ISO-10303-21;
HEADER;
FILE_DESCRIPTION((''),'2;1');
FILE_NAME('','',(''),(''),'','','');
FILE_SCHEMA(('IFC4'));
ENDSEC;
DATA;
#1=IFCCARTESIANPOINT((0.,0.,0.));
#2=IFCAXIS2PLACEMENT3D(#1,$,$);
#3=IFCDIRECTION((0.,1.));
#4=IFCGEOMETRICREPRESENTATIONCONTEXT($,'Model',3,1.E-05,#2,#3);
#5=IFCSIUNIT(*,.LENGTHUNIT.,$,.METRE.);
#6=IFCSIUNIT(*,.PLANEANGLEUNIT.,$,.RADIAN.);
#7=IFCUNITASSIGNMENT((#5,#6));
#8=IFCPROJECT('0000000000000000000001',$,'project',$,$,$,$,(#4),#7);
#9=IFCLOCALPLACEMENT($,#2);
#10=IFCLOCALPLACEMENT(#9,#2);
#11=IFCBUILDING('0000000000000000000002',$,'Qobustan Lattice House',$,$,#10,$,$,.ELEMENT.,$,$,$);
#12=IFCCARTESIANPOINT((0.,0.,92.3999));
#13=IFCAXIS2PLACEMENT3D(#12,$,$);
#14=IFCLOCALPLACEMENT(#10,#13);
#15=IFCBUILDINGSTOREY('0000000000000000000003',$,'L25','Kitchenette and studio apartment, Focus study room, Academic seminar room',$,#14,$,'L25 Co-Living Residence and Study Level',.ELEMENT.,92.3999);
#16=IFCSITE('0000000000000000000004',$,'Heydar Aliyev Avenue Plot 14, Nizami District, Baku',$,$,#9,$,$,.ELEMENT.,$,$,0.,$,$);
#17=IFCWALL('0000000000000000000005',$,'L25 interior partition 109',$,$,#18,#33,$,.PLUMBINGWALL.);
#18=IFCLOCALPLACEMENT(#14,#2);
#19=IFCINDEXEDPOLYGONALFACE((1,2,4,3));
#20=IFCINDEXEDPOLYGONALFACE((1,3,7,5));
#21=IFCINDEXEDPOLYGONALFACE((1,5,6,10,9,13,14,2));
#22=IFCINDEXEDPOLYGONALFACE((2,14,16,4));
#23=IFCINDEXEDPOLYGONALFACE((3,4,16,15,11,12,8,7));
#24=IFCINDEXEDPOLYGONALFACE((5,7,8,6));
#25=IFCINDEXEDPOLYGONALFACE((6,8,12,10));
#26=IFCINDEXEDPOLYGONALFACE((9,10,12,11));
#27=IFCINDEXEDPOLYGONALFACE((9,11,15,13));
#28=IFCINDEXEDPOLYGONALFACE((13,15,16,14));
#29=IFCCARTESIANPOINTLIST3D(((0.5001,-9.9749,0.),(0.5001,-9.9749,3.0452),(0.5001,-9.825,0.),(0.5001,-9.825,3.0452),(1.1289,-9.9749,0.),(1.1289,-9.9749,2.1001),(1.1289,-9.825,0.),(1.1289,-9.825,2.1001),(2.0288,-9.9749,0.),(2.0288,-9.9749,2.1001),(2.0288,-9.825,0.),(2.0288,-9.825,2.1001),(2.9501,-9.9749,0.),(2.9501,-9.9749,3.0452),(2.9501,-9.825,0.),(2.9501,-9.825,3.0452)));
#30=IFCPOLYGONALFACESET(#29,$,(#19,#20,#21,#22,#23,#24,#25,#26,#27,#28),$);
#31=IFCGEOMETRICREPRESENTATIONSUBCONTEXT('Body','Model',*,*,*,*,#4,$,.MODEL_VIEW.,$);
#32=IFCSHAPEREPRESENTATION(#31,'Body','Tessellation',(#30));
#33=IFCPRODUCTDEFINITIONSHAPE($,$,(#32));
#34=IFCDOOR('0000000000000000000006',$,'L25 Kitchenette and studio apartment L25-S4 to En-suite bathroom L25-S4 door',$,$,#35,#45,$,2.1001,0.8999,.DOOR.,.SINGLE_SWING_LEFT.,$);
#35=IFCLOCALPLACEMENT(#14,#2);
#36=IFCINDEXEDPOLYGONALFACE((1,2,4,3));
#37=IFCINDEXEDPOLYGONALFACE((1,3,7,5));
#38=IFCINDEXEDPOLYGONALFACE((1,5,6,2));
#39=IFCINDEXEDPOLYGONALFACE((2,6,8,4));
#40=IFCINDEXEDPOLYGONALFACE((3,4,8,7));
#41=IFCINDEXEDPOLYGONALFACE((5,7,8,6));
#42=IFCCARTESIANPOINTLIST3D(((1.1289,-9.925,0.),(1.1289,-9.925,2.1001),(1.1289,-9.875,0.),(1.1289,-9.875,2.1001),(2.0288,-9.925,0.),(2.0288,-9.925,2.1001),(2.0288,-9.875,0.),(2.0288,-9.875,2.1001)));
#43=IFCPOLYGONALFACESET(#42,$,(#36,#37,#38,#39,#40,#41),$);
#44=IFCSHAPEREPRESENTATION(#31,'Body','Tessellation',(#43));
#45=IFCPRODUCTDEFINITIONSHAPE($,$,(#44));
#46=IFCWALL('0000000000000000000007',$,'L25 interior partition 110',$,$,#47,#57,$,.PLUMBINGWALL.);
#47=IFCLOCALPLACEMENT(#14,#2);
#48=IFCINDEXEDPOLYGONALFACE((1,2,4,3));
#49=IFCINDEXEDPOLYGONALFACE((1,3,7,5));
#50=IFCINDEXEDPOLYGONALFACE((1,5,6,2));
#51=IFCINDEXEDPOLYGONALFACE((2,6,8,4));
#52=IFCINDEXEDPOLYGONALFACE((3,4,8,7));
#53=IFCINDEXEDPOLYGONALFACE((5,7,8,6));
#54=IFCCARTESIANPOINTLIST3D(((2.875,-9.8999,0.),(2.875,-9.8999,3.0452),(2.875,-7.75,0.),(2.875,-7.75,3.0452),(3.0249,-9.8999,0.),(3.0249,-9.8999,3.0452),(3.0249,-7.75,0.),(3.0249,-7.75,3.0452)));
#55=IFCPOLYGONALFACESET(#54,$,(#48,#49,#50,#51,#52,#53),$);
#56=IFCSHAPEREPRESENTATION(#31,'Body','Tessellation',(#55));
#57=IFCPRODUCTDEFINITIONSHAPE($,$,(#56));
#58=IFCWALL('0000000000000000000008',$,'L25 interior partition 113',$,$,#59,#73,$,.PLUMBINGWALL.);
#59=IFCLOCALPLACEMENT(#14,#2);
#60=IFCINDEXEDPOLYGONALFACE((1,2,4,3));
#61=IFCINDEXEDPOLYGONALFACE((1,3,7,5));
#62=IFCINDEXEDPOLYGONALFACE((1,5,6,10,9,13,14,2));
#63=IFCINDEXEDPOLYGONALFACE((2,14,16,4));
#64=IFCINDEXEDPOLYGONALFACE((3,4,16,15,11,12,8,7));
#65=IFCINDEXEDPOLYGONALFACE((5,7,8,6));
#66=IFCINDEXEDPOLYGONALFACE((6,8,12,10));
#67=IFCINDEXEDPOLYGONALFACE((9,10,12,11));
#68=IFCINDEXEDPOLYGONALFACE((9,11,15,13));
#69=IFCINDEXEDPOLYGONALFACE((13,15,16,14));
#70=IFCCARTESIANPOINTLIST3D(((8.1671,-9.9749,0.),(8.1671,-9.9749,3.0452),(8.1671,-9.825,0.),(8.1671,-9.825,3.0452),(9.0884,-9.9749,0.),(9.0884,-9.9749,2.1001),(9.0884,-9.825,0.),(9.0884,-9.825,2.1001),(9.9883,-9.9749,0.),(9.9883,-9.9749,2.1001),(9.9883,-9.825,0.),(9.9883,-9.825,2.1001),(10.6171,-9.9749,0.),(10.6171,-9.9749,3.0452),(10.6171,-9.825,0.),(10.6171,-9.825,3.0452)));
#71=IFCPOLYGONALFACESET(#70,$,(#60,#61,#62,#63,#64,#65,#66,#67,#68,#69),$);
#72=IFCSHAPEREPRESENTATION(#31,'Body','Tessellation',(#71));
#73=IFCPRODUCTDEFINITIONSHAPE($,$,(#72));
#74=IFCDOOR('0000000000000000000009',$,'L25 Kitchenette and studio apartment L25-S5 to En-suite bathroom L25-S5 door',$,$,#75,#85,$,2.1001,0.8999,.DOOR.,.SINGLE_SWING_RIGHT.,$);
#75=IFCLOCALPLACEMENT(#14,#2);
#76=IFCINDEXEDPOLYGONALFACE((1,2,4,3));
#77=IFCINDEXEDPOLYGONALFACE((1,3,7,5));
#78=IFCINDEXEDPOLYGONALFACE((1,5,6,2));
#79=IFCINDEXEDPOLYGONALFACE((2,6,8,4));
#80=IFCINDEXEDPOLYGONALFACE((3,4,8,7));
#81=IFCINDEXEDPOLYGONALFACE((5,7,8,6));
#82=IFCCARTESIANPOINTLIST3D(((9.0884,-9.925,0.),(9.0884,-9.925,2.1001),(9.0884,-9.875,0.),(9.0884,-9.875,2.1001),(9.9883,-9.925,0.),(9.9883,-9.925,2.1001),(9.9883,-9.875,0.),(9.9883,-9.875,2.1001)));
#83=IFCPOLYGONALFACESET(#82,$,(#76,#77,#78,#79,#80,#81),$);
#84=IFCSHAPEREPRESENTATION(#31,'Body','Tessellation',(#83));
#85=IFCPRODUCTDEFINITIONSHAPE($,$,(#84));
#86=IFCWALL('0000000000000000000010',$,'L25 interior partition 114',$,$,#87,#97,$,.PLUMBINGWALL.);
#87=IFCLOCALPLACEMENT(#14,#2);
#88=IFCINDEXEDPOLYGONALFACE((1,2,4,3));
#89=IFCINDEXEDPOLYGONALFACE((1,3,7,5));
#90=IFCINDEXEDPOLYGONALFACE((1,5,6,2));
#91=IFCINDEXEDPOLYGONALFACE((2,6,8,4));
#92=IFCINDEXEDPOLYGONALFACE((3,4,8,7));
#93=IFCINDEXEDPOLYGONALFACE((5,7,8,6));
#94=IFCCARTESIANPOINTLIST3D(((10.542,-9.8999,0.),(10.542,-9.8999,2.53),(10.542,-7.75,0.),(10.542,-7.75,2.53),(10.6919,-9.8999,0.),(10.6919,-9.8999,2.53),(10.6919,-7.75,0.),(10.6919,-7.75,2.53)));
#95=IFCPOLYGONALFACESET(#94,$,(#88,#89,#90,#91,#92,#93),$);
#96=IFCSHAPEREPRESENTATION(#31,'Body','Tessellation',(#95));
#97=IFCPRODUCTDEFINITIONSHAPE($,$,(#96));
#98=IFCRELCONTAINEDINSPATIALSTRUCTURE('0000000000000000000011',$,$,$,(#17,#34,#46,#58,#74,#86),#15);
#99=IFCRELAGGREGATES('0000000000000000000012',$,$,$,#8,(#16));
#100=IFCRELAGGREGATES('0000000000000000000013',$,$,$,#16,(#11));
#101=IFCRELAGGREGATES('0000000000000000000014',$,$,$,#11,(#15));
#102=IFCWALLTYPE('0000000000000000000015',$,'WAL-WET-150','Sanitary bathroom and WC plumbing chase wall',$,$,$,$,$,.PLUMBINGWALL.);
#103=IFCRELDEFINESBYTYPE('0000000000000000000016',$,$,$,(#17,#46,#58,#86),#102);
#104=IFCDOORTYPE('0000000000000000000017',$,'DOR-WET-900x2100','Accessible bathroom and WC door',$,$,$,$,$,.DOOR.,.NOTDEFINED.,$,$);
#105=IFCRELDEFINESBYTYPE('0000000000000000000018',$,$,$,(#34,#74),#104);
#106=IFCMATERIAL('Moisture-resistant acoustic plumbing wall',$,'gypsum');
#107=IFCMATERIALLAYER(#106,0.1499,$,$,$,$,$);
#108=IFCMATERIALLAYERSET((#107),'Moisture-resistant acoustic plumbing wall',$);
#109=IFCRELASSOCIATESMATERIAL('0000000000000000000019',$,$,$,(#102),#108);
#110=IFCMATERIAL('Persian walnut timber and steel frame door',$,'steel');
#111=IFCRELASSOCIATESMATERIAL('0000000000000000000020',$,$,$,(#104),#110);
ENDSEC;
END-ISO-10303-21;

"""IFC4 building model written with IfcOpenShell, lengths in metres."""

from ifc_helpers import new_model, si_unit, direction, frame, frame_2d, origin, place, context, subcontext, project, spatial, rectangle, extrude, material, layer, layer_set, type_object, element, fill, save


model = new_model("IFC4")

# Units and contexts
model_context = context("Model", 3, precision=1e-05, world=origin(), true_north=direction((0.0, 1.0)))
body_context = subcontext(model_context, "Body", "Model", "MODEL_VIEW")
ifc_project = project(units=[si_unit("LENGTHUNIT", "METRE"), si_unit("PLANEANGLEUNIT", "RADIAN")], contexts=[model_context])

# Site, building, storey
site_placement = place(None, origin())
site = spatial("IfcSite", under=ifc_project, at=site_placement, Name="Heydar Aliyev Avenue Plot 14, Nizami District, Baku", CompositionType="ELEMENT", RefElevation=0.0)
building_placement = place(site_placement, origin())
building = spatial("IfcBuilding", under=site, at=building_placement, Name="Qobustan Lattice House", CompositionType="ELEMENT")
storey_placement = place(building_placement, frame((0.0, 0.0, 92.3999)))
storey = spatial("IfcBuildingStorey", under=building, at=storey_placement, Name="L25", Description="Kitchenette and studio apartment, Focus study room, Academic seminar room", LongName="L25 Co-Living Residence and Study Level", CompositionType="ELEMENT", Elevation=92.3999)

# Shared definitions
ifc_material_1 = material(Name="Moisture-resistant acoustic plumbing wall", Category="gypsum")
ifc_layer_1 = layer(ifc_material_1, 0.1499)
ifc_layer_set_1 = layer_set([ifc_layer_1], Name="Moisture-resistant acoustic plumbing wall")
wall_type_1 = type_object("IfcWallType", Name="WAL-WET-150", Description="Sanitary bathroom and WC plumbing chase wall", PredefinedType="PLUMBINGWALL", material=ifc_layer_set_1)

# Wall, opening, door
wall_1_placement = place(storey_placement, frame((0.5, -9.8999, 0.0), z_axis=(0.0, 0.0, 1.0), x_axis=(1.0, 0.0, 0.0)))
wall_1 = element("IfcWall", 1, at=wall_1_placement, inside=storey, type_object=wall_type_1, Name="L25 interior partition 109", PredefinedType="PLUMBINGWALL", context=body_context, shape_type="SweptSolid", body=[
    extrude(rectangle(XDim=2.45, YDim=0.1499, at=frame_2d((1.2251, 0.0))), origin(), (0.0, 0.0, 1.0), 3.0452),
])
opening_1_placement = place(wall_1_placement, frame((0.6289, 0.0, 0.0)))
opening_1 = element("IfcOpeningElement", 2, at=opening_1_placement, cuts=wall_1, PredefinedType="OPENING", context=body_context, shape_type="SweptSolid", body=[
    extrude(rectangle(XDim=0.8999, YDim=2.1001, at=frame_2d((0.45, 1.05))), frame((0.0, 0.085, 0.0), z_axis=(0.0, -1.0, 0.0), x_axis=(1.0, 0.0, 0.0)), (0.0, 0.0, 1.0), 0.1699),
])
ifc_material_2 = material(Name="Persian walnut timber and steel frame door", Category="steel")
door_type_1 = type_object("IfcDoorType", Name="DOR-WET-900x2100", Description="Accessible bathroom and WC door", OperationType="NOTDEFINED", PredefinedType="DOOR", material=ifc_material_2)
door_1_placement = place(opening_1_placement, origin())
door_1 = element("IfcDoor", 3, at=door_1_placement, inside=storey, type_object=door_type_1, Name="L25 Kitchenette and studio apartment L25-S4 to En-suite bathroom L25-S4 door", OperationType="SINGLE_SWING_LEFT", OverallHeight=2.1001, OverallWidth=0.8999, PredefinedType="DOOR", context=body_context, shape_type="SweptSolid", body=[
    extrude(rectangle(XDim=0.8999, YDim=2.1001, at=frame_2d((0.45, 1.05))), frame((0.0, 0.0249, 0.0), z_axis=(0.0, -1.0, 0.0), x_axis=(1.0, 0.0, 0.0)), (0.0, 0.0, 1.0), 0.05),
])
fill(opening_1, door_1)

# Wall
wall_2_placement = place(storey_placement, frame((2.95, -9.8999, 0.0), z_axis=(0.0, 0.0, 1.0), x_axis=(0.0, 1.0, 0.0)))
element("IfcWall", 4, at=wall_2_placement, inside=storey, type_object=wall_type_1, Name="L25 interior partition 110", PredefinedType="PLUMBINGWALL", context=body_context, shape_type="SweptSolid", body=[
    extrude(rectangle(XDim=2.1499, YDim=0.1499, at=frame_2d((1.075, 0.0))), origin(), (0.0, 0.0, 1.0), 3.0452),
])

# Wall, opening, door
wall_3_placement = place(storey_placement, frame((8.167, -9.8999, 0.0), z_axis=(0.0, 0.0, 1.0), x_axis=(1.0, 0.0, 0.0)))
wall_3 = element("IfcWall", 5, at=wall_3_placement, inside=storey, type_object=wall_type_1, Name="L25 interior partition 113", PredefinedType="PLUMBINGWALL", context=body_context, shape_type="SweptSolid", body=[
    extrude(rectangle(XDim=2.45, YDim=0.1499, at=frame_2d((1.2251, 0.0))), origin(), (0.0, 0.0, 1.0), 3.0452),
])
opening_2_placement = place(wall_3_placement, frame((0.9214, 0.0, 0.0)))
opening_2 = element("IfcOpeningElement", 6, at=opening_2_placement, cuts=wall_3, PredefinedType="OPENING", context=body_context, shape_type="SweptSolid", body=[
    extrude(rectangle(XDim=0.8999, YDim=2.1001, at=frame_2d((0.45, 1.05))), frame((0.0, 0.085, 0.0), z_axis=(0.0, -1.0, 0.0), x_axis=(1.0, 0.0, 0.0)), (0.0, 0.0, 1.0), 0.1699),
])
door_2_placement = place(opening_2_placement, origin())
door_2 = element("IfcDoor", 7, at=door_2_placement, inside=storey, type_object=door_type_1, Name="L25 Kitchenette and studio apartment L25-S5 to En-suite bathroom L25-S5 door", OperationType="SINGLE_SWING_RIGHT", OverallHeight=2.1001, OverallWidth=0.8999, PredefinedType="DOOR", context=body_context, shape_type="SweptSolid", body=[
    extrude(rectangle(XDim=0.8999, YDim=2.1001, at=frame_2d((0.45, 1.05))), frame((0.0, 0.0249, 0.0), z_axis=(0.0, -1.0, 0.0), x_axis=(1.0, 0.0, 0.0)), (0.0, 0.0, 1.0), 0.05),
])
fill(opening_2, door_2)

# Wall
wall_4_placement = place(storey_placement, frame((10.6169, -9.8999, 0.0), z_axis=(0.0, 0.0, 1.0), x_axis=(0.0, 1.0, 0.0)))
element("IfcWall", 8, at=wall_4_placement, inside=storey, type_object=wall_type_1, Name="L25 interior partition 114", PredefinedType="PLUMBINGWALL", context=body_context, shape_type="SweptSolid", body=[
    extrude(rectangle(XDim=2.1499, YDim=0.1499, at=frame_2d((1.075, 0.0))), origin(), (0.0, 0.0, 1.0), 2.53),
])

save(model, "model.ifc")
